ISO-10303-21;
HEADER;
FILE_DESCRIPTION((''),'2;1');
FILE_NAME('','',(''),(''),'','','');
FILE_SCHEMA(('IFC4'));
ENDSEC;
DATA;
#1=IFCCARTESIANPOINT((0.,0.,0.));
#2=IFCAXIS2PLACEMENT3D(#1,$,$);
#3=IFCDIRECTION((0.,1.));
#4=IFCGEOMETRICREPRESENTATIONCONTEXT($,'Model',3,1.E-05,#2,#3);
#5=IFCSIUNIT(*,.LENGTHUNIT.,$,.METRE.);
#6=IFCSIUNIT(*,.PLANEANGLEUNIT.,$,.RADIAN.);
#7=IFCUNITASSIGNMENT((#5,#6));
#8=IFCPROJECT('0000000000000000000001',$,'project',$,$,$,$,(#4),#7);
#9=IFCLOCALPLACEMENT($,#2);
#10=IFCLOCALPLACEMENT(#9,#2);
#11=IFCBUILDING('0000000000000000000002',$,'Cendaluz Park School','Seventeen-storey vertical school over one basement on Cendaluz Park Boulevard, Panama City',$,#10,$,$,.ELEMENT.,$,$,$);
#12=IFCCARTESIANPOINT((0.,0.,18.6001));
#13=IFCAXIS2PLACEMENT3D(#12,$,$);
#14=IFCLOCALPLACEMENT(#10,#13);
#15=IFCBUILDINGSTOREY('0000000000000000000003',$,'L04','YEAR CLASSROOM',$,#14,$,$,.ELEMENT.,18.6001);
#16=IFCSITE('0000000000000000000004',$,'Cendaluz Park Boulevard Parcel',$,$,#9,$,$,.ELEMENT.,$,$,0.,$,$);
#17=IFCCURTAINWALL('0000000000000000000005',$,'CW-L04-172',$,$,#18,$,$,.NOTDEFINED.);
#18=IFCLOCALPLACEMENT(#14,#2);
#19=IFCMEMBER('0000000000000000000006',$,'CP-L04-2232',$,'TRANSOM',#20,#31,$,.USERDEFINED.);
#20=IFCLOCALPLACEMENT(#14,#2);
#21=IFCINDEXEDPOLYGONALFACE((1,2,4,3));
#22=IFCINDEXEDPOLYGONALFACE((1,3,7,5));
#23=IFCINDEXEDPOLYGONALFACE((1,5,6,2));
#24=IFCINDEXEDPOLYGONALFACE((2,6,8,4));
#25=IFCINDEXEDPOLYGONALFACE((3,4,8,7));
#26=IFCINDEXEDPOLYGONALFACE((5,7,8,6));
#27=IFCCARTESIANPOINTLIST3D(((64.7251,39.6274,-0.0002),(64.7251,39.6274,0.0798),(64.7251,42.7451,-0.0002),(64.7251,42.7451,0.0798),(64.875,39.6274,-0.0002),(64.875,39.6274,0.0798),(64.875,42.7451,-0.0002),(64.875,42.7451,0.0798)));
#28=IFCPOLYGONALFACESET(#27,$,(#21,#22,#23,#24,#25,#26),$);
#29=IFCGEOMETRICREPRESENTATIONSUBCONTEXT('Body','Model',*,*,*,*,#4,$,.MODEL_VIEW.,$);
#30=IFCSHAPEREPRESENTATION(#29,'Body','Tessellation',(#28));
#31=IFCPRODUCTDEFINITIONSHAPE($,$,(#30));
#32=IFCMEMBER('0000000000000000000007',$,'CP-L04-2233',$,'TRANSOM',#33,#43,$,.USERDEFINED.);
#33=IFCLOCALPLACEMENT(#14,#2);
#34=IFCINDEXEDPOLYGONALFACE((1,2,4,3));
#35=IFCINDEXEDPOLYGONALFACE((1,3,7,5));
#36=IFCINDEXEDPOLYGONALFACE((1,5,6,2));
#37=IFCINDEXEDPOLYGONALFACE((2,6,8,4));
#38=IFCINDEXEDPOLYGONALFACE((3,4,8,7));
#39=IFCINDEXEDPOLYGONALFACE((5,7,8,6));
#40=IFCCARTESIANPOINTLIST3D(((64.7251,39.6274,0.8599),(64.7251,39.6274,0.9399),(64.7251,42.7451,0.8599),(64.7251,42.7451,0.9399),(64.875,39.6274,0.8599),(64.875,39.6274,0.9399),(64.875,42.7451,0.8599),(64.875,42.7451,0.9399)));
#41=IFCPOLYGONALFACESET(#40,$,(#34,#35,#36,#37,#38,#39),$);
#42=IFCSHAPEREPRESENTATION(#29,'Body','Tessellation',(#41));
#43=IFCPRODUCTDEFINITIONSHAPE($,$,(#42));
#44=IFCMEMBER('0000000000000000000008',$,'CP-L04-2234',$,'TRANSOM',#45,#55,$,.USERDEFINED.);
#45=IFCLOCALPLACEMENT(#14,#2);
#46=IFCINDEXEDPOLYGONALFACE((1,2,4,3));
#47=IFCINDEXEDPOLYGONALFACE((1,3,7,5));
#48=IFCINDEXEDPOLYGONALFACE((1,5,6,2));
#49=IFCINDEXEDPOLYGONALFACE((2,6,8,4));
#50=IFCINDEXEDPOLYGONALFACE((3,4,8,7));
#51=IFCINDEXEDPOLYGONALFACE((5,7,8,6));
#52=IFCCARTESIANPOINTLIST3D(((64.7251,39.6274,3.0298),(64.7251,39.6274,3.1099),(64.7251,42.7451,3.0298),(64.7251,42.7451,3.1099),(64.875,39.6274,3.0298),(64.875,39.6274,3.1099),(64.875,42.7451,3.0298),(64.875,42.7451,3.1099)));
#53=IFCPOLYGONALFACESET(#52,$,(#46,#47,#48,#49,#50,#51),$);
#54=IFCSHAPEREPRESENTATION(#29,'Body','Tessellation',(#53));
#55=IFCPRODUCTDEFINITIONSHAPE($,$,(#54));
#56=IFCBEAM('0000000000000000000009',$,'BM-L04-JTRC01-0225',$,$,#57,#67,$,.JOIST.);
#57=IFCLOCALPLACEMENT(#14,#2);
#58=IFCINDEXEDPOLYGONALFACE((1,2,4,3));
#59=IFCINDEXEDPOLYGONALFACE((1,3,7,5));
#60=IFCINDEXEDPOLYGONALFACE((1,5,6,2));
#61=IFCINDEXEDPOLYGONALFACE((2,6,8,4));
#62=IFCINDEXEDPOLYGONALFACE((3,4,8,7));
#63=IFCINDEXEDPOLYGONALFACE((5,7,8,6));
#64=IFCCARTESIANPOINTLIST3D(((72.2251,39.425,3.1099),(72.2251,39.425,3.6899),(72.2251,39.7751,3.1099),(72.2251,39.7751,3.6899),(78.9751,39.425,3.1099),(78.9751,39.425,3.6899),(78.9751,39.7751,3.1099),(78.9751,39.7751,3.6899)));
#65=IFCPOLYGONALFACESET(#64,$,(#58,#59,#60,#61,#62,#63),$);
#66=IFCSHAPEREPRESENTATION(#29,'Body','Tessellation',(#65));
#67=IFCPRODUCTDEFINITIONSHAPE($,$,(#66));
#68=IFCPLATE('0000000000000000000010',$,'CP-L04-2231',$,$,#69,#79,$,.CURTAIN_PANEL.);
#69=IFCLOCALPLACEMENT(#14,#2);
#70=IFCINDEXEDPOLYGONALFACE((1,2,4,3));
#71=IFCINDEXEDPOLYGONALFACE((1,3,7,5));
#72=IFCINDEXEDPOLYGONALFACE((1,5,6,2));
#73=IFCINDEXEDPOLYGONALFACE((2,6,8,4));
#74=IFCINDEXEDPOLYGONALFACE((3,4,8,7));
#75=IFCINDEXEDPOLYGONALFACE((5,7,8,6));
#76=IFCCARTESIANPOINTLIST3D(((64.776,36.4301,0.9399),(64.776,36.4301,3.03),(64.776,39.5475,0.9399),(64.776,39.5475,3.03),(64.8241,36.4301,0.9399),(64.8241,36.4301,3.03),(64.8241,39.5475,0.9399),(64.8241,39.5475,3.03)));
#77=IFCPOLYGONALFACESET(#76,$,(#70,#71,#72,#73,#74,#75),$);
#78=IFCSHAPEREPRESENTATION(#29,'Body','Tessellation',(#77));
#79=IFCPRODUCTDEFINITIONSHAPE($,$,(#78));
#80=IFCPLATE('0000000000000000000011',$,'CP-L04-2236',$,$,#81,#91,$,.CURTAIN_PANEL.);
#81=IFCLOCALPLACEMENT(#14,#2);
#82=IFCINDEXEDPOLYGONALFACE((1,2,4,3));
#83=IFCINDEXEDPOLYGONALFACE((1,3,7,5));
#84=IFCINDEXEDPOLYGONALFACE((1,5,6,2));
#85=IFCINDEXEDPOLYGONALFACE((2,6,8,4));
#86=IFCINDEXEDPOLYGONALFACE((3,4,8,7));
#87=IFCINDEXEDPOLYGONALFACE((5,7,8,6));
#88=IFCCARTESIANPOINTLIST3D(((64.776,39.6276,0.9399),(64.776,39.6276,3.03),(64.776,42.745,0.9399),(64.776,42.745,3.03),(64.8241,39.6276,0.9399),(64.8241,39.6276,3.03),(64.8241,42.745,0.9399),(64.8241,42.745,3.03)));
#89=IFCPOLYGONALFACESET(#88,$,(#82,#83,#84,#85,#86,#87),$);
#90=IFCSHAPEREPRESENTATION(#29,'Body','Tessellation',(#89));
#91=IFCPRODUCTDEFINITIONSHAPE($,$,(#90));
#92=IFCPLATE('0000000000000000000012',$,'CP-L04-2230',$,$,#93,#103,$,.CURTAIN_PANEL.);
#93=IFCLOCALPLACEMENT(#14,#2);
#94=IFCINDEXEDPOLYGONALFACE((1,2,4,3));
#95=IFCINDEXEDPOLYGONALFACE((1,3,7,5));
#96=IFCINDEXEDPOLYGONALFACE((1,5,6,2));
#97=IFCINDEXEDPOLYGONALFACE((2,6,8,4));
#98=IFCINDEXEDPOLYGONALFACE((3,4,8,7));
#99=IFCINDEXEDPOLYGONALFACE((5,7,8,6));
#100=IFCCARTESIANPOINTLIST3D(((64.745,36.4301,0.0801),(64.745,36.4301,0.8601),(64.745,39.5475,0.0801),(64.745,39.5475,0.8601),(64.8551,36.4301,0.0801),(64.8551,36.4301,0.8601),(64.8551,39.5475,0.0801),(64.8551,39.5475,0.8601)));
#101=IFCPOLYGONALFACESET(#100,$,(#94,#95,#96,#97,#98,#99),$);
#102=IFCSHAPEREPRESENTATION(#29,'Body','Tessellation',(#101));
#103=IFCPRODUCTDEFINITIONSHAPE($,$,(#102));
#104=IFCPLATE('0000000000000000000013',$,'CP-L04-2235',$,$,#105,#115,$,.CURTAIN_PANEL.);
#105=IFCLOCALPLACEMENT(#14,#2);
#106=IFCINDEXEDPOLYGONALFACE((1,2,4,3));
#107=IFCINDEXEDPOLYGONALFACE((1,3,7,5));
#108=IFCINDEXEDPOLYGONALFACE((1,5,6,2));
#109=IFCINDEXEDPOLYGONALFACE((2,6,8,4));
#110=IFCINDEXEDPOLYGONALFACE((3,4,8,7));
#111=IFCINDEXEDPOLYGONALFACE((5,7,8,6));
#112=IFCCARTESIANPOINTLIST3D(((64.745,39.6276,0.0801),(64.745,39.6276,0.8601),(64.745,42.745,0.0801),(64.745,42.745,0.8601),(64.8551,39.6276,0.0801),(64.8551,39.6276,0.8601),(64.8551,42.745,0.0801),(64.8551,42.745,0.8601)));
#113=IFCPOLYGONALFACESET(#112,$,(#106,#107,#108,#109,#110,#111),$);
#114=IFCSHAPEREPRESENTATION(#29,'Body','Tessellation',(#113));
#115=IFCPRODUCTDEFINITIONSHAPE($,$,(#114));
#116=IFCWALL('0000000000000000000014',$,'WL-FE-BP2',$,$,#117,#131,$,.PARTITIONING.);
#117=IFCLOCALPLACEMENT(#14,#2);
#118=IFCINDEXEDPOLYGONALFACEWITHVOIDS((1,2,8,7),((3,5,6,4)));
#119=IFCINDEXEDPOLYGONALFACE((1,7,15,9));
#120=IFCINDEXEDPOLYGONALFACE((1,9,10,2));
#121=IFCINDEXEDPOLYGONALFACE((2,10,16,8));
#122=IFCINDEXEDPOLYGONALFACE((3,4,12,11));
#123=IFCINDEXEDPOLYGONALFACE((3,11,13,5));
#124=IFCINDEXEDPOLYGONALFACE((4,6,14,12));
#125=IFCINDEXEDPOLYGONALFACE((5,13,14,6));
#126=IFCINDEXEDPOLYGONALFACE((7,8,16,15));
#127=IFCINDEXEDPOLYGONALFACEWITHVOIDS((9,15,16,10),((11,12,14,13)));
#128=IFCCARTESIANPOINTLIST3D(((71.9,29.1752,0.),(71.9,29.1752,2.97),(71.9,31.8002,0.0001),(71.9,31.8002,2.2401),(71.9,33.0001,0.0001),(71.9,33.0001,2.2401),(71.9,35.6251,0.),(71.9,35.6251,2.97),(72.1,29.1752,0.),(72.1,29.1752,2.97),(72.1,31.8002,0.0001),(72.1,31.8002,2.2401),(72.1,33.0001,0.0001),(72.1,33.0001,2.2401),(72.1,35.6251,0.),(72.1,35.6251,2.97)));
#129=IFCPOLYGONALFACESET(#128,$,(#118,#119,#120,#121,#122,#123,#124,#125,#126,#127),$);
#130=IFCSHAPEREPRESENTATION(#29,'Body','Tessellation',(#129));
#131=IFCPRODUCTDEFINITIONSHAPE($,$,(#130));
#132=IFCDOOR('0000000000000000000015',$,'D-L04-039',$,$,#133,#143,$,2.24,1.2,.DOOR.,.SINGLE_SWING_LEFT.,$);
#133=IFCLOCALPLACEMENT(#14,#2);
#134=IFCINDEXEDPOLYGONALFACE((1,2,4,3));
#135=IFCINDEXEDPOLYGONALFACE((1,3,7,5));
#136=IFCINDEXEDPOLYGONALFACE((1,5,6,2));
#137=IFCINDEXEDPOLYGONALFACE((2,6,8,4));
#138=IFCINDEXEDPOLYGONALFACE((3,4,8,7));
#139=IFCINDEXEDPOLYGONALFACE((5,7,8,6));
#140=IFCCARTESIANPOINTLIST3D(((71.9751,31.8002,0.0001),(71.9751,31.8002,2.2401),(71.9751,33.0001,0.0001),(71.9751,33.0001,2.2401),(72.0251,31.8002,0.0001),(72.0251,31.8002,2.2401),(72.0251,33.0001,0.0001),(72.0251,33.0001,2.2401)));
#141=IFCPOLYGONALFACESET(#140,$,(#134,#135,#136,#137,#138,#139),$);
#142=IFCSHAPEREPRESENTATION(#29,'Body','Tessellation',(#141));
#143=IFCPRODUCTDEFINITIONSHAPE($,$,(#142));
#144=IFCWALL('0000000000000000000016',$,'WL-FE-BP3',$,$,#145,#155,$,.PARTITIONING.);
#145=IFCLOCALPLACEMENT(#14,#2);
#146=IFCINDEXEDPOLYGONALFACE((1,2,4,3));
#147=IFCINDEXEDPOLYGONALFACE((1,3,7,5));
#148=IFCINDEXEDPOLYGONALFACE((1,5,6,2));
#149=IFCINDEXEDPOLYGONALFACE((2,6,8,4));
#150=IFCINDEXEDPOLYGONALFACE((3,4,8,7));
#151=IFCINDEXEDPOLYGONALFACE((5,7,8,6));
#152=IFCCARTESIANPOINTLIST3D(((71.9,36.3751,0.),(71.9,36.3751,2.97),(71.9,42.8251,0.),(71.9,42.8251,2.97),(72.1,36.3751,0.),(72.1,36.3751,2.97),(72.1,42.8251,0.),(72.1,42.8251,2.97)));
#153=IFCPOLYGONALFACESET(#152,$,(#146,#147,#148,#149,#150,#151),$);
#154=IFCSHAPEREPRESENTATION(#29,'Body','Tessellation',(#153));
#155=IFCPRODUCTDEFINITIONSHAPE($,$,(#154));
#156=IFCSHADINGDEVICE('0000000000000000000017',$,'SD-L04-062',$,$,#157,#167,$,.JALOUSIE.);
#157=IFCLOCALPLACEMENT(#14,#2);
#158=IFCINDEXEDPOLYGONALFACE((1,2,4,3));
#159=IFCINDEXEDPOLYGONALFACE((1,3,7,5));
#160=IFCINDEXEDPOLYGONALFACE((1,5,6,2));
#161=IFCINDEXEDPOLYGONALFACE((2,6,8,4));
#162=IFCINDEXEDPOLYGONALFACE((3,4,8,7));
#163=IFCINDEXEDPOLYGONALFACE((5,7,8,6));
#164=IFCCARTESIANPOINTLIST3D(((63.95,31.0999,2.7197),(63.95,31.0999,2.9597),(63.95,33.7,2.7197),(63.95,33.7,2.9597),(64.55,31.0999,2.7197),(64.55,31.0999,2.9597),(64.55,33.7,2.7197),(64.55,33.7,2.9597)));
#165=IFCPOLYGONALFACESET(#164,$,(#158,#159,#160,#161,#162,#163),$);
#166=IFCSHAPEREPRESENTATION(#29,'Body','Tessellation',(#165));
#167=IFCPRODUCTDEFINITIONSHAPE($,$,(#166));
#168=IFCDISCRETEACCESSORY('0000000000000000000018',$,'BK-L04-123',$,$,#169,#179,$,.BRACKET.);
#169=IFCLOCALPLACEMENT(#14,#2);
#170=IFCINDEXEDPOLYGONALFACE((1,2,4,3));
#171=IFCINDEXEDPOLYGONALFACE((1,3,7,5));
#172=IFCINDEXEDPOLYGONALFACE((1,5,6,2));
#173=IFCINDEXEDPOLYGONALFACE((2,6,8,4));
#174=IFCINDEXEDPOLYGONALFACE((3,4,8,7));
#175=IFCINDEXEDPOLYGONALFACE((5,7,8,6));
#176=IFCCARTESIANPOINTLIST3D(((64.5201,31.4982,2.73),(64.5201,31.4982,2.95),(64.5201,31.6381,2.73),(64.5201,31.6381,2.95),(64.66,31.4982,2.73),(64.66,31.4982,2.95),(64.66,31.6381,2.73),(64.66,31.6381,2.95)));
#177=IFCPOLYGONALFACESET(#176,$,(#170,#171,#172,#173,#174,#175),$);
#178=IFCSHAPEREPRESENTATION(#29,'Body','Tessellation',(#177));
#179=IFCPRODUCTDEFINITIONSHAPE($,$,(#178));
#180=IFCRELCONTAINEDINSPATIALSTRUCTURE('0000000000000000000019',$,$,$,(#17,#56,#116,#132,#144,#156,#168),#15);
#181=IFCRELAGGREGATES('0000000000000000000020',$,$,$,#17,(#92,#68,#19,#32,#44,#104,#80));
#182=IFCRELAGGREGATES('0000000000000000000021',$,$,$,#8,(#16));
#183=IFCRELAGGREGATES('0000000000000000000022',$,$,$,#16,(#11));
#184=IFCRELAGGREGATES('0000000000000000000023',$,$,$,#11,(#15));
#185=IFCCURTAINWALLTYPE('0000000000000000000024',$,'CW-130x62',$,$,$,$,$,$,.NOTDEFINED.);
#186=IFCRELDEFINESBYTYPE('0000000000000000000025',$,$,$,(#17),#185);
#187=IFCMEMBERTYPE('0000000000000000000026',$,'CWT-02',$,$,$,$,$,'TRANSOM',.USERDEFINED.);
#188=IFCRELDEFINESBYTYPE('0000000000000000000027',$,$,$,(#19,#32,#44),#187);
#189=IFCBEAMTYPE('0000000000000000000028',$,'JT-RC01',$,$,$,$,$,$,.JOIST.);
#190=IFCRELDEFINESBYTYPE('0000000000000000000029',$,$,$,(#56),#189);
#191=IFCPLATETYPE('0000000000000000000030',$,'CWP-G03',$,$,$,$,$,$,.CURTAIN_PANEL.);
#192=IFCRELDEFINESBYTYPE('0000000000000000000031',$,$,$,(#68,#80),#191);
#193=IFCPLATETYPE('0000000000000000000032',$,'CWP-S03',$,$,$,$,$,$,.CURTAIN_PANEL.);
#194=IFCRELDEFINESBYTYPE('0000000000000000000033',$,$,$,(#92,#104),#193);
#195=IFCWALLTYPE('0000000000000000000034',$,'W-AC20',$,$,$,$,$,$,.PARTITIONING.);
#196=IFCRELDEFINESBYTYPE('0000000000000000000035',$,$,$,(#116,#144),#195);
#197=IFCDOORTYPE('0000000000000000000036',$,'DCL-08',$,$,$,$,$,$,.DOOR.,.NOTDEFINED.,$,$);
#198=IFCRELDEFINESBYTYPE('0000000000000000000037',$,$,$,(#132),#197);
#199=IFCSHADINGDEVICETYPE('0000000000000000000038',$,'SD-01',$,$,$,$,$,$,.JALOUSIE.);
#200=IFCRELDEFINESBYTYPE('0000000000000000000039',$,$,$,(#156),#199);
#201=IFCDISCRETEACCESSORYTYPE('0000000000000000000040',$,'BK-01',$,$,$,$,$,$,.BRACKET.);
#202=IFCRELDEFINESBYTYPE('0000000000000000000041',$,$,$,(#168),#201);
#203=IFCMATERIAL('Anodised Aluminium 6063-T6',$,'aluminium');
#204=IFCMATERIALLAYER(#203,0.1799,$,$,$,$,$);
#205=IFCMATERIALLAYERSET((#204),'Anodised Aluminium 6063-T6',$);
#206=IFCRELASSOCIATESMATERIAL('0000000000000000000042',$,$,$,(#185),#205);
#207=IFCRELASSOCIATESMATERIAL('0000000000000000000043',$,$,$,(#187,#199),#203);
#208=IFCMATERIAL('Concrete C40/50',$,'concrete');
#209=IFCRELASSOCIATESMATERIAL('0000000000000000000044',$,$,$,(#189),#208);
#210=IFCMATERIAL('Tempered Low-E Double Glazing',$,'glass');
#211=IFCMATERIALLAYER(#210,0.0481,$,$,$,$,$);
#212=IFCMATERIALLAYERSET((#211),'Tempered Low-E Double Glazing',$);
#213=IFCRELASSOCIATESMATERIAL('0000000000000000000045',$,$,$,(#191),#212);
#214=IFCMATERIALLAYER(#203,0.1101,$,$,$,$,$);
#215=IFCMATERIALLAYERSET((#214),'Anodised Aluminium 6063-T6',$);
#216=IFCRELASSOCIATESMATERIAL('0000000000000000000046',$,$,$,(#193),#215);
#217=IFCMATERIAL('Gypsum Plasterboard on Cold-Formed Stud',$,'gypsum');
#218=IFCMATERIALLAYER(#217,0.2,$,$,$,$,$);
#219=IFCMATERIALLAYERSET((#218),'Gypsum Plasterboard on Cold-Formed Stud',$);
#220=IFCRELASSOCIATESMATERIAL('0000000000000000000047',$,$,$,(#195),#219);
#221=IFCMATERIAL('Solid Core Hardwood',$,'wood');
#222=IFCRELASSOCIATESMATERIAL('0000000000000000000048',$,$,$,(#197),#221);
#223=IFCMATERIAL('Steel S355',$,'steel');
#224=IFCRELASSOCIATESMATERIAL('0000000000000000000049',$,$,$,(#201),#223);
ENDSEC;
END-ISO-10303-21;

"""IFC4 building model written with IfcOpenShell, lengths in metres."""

from ifc_helpers import new_model, si_unit, direction, frame, frame_2d, origin, origin_2d, place, context, subcontext, project, spatial, rectangle, extrude, material, layer, layer_set, material_profile, profile_set, type_object, element, fill, aggregate, save


model = new_model("IFC4")

# Units and contexts
model_context = context("Model", 3, precision=1e-05, world=origin(), true_north=direction((0.0, 1.0)))
body_context = subcontext(model_context, "Body", "Model", "MODEL_VIEW")
ifc_project = project(units=[si_unit("LENGTHUNIT", "METRE"), si_unit("PLANEANGLEUNIT", "RADIAN")], contexts=[model_context])

# Site, building, storey
site_placement = place(None, origin())
site = spatial("IfcSite", under=ifc_project, at=site_placement, Name="Cendaluz Park Boulevard Parcel", CompositionType="ELEMENT", RefElevation=0.0)
building_placement = place(site_placement, origin())
building = spatial("IfcBuilding", under=site, at=building_placement, Name="Cendaluz Park School", Description="Seventeen-storey vertical school over one basement on Cendaluz Park Boulevard, Panama City", CompositionType="ELEMENT")
storey_placement = place(building_placement, frame((0.0, 0.0, 18.6001)))
storey = spatial("IfcBuildingStorey", under=building, at=storey_placement, Name="L04", Description="YEAR CLASSROOM", CompositionType="ELEMENT", Elevation=18.6001)

# Shared definitions
ifc_material_1 = material(Name="Concrete C40/50", Category="concrete")

# Curtain wall, members
ifc_material_2 = material(Name="Anodised Aluminium 6063-T6", Category="aluminium")
ifc_layer_1 = layer(ifc_material_2, 0.1799)
ifc_layer_set_1 = layer_set([ifc_layer_1], Name="Anodised Aluminium 6063-T6")
curtain_wall_type = type_object("IfcCurtainWallType", Name="CW-130x62", PredefinedType="NOTDEFINED", material=ifc_layer_set_1)
curtain_wall_placement = place(storey_placement, origin())
curtain_wall = element("IfcCurtainWall", 1, at=curtain_wall_placement, inside=storey, type_object=curtain_wall_type, Name="CW-L04-172", PredefinedType="NOTDEFINED")
ifc_material_profile_1 = material_profile(ifc_material_2, rectangle(XDim=0.1499, YDim=0.0801, at=origin_2d()), Name="CWT 150x80", Category="aluminium")
ifc_profile_set_1 = profile_set([ifc_material_profile_1], Name="Anodised Aluminium 6063-T6")
member_type_1 = type_object("IfcMemberType", Name="CWT-02", ElementType="TRANSOM", PredefinedType="USERDEFINED", material=ifc_profile_set_1)
member_1_placement = place(storey_placement, frame((64.8, 39.6274, 0.0398), z_axis=(0.0, 1.0, 0.0), x_axis=(-1.0, 0.0, 0.0)))
member_1 = element("IfcMember", 2, at=member_1_placement, type_object=member_type_1, Name="CP-L04-2232", ObjectType="TRANSOM", PredefinedType="USERDEFINED", context=body_context, shape_type="SweptSolid", body=[
    extrude(rectangle(XDim=0.1499, YDim=0.0801, at=origin_2d()), origin(), (0.0, 0.0, 1.0), 3.1177),
])
member_2_placement = place(storey_placement, frame((64.8, 39.6274, 0.8999), z_axis=(0.0, 1.0, 0.0), x_axis=(-1.0, 0.0, 0.0)))
member_2 = element("IfcMember", 3, at=member_2_placement, type_object=member_type_1, Name="CP-L04-2233", ObjectType="TRANSOM", PredefinedType="USERDEFINED", context=body_context, shape_type="SweptSolid", body=[
    extrude(rectangle(XDim=0.1499, YDim=0.0801, at=origin_2d()), origin(), (0.0, 0.0, 1.0), 3.1177),
])
member_3_placement = place(storey_placement, frame((64.8, 39.6274, 3.0698), z_axis=(0.0, 1.0, 0.0), x_axis=(-1.0, 0.0, 0.0)))
member_3 = element("IfcMember", 4, at=member_3_placement, type_object=member_type_1, Name="CP-L04-2234", ObjectType="TRANSOM", PredefinedType="USERDEFINED", context=body_context, shape_type="SweptSolid", body=[
    extrude(rectangle(XDim=0.1499, YDim=0.0801, at=origin_2d()), origin(), (0.0, 0.0, 1.0), 3.1177),
])

# Beam
ifc_material_profile_2 = material_profile(ifc_material_1, rectangle(XDim=0.3501, YDim=0.5801, at=origin_2d()), Name="RC 350x580", Category="concrete")
ifc_profile_set_2 = profile_set([ifc_material_profile_2], Name="Concrete C40/50")
beam_type_1 = type_object("IfcBeamType", Name="JT-RC01", PredefinedType="JOIST", material=ifc_profile_set_2)
beam_1_placement = place(storey_placement, frame((72.2251, 39.6001, 3.3999), z_axis=(1.0, 0.0, 0.0), x_axis=(0.0, 1.0, 0.0)))
element("IfcBeam", 5, at=beam_1_placement, inside=storey, type_object=beam_type_1, Name="BM-L04-JTRC01-0225", PredefinedType="JOIST", context=body_context, shape_type="SweptSolid", body=[
    extrude(rectangle(XDim=0.3501, YDim=0.5801, at=origin_2d()), origin(), (0.0, 0.0, 1.0), 6.75),
])

# Plates
ifc_material_3 = material(Name="Tempered Low-E Double Glazing", Category="glass")
ifc_layer_2 = layer(ifc_material_3, 0.0481)
ifc_layer_set_2 = layer_set([ifc_layer_2], Name="Tempered Low-E Double Glazing")
plate_type_1 = type_object("IfcPlateType", Name="CWP-G03", PredefinedType="CURTAIN_PANEL", material=ifc_layer_set_2)
plate_1_placement = place(storey_placement, frame((64.8, 37.9888, 0.9399), z_axis=(0.0, 0.0, 1.0), x_axis=(0.0, 1.0, 0.0)))
plate_1 = element("IfcPlate", 6, at=plate_1_placement, type_object=plate_type_1, Name="CP-L04-2231", PredefinedType="CURTAIN_PANEL", context=body_context, shape_type="SweptSolid", body=[
    extrude(rectangle(XDim=3.1174, YDim=0.0481, at=origin_2d()), origin(), (0.0, 0.0, 1.0), 2.0901),
])
plate_2_placement = place(storey_placement, frame((64.8, 41.1863, 0.9399), z_axis=(0.0, 0.0, 1.0), x_axis=(0.0, 1.0, 0.0)))
plate_2 = element("IfcPlate", 7, at=plate_2_placement, type_object=plate_type_1, Name="CP-L04-2236", PredefinedType="CURTAIN_PANEL", context=body_context, shape_type="SweptSolid", body=[
    extrude(rectangle(XDim=3.1174, YDim=0.0481, at=origin_2d()), origin(), (0.0, 0.0, 1.0), 2.0901),
])
ifc_layer_3 = layer(ifc_material_2, 0.1101)
ifc_layer_set_3 = layer_set([ifc_layer_3], Name="Anodised Aluminium 6063-T6")
plate_type_2 = type_object("IfcPlateType", Name="CWP-S03", PredefinedType="CURTAIN_PANEL", material=ifc_layer_set_3)
plate_3_placement = place(storey_placement, frame((64.8, 37.9888, 0.0801), z_axis=(0.0, 0.0, 1.0), x_axis=(0.0, 1.0, 0.0)))
plate_3 = element("IfcPlate", 8, at=plate_3_placement, type_object=plate_type_2, Name="CP-L04-2230", PredefinedType="CURTAIN_PANEL", context=body_context, shape_type="SweptSolid", body=[
    extrude(rectangle(XDim=3.1174, YDim=0.1101, at=origin_2d()), origin(), (0.0, 0.0, 1.0), 0.78),
])
plate_4_placement = place(storey_placement, frame((64.8, 41.1863, 0.0801), z_axis=(0.0, 0.0, 1.0), x_axis=(0.0, 1.0, 0.0)))
plate_4 = element("IfcPlate", 9, at=plate_4_placement, type_object=plate_type_2, Name="CP-L04-2235", PredefinedType="CURTAIN_PANEL", context=body_context, shape_type="SweptSolid", body=[
    extrude(rectangle(XDim=3.1174, YDim=0.1101, at=origin_2d()), origin(), (0.0, 0.0, 1.0), 0.78),
])
aggregate(curtain_wall, [plate_3, plate_1, member_1, member_2, member_3, plate_4, plate_2])

# Wall, opening, door
ifc_material_4 = material(Name="Gypsum Plasterboard on Cold-Formed Stud", Category="gypsum")
ifc_layer_4 = layer(ifc_material_4, 0.2)
ifc_layer_set_4 = layer_set([ifc_layer_4], Name="Gypsum Plasterboard on Cold-Formed Stud")
wall_type = type_object("IfcWallType", Name="W-AC20", PredefinedType="PARTITIONING", material=ifc_layer_set_4)
wall_1_placement = place(storey_placement, frame((72.0, 29.175, 0.0), z_axis=(0.0, 0.0, 1.0), x_axis=(0.0, 1.0, 0.0)))
wall_1 = element("IfcWall", 10, at=wall_1_placement, inside=storey, type_object=wall_type, Name="WL-FE-BP2", PredefinedType="PARTITIONING", context=body_context, shape_type="SweptSolid", body=[
    extrude(rectangle(XDim=6.45, YDim=0.2, at=frame_2d((3.2251, 0.0))), origin(), (0.0, 0.0, 1.0), 2.97),
])
opening_placement = place(wall_1_placement, frame((2.625, 0.0, 0.0)))
opening = element("IfcOpeningElement", 11, at=opening_placement, cuts=wall_1, PredefinedType="OPENING", context=body_context, shape_type="SweptSolid", body=[
    extrude(rectangle(XDim=1.2, YDim=2.24, at=frame_2d((0.6001, 1.1201))), frame((0.0, 0.1121, 0.0), z_axis=(0.0, -1.0, 0.0), x_axis=(1.0, 0.0, 0.0)), (0.0, 0.0, 1.0), 0.2239),
])
ifc_material_5 = material(Name="Solid Core Hardwood", Category="wood")
door_type = type_object("IfcDoorType", Name="DCL-08", OperationType="NOTDEFINED", PredefinedType="DOOR", material=ifc_material_5)
door_placement = place(opening_placement, origin())
door = element("IfcDoor", 12, at=door_placement, inside=storey, type_object=door_type, Name="D-L04-039", OperationType="SINGLE_SWING_LEFT", OverallHeight=2.24, OverallWidth=1.2, PredefinedType="DOOR", context=body_context, shape_type="SweptSolid", body=[
    extrude(rectangle(XDim=1.2, YDim=2.24, at=frame_2d((0.6001, 1.1201))), frame((0.0, 0.0249, 0.0), z_axis=(0.0, -1.0, 0.0), x_axis=(1.0, 0.0, 0.0)), (0.0, 0.0, 1.0), 0.05),
])
fill(opening, door)

# Wall
wall_2_placement = place(storey_placement, frame((72.0, 36.375, 0.0), z_axis=(0.0, 0.0, 1.0), x_axis=(0.0, 1.0, 0.0)))
element("IfcWall", 13, at=wall_2_placement, inside=storey, type_object=wall_type, Name="WL-FE-BP3", PredefinedType="PARTITIONING", context=body_context, shape_type="SweptSolid", body=[
    extrude(rectangle(XDim=6.45, YDim=0.2, at=frame_2d((3.2251, 0.0))), origin(), (0.0, 0.0, 1.0), 2.97),
])

# Shading device
shading_device_type = type_object("IfcShadingDeviceType", Name="SD-01", PredefinedType="JALOUSIE", material=ifc_material_2)
shading_device_placement = place(storey_placement, frame((64.25, 32.3999, 2.7197), z_axis=(0.0, 0.0, 1.0), x_axis=(0.0, 1.0, 0.0)))
element("IfcShadingDevice", 14, at=shading_device_placement, inside=storey, type_object=shading_device_type, Name="SD-L04-062", PredefinedType="JALOUSIE", context=body_context, shape_type="SweptSolid", body=[
    extrude(rectangle(XDim=2.6001, YDim=0.6001, at=origin_2d()), origin(), (0.0, 0.0, 1.0), 0.24),
])

# Discrete accessory
ifc_material_6 = material(Name="Steel S355", Category="steel")
discrete_accessory_type = type_object("IfcDiscreteAccessoryType", Name="BK-01", PredefinedType="BRACKET", material=ifc_material_6)
for number, where, z_axis, x_axis, name in (
    (15, (64.5901, 31.5681, 2.73), (0.0, 0.0, 1.0), (0.0, 1.0, 0.0), "BK-L04-123"),
):
    element("IfcDiscreteAccessory", number, at=place(storey_placement, frame(where, z_axis=z_axis, x_axis=x_axis)), inside=storey, type_object=discrete_accessory_type, Name=name, PredefinedType="BRACKET", context=body_context, shape_type="SweptSolid", body=[
        extrude(rectangle(XDim=0.1399, YDim=0.1399, at=origin_2d()), origin(), (0.0, 0.0, 1.0), 0.22),
    ])

save(model, "model.ifc")
